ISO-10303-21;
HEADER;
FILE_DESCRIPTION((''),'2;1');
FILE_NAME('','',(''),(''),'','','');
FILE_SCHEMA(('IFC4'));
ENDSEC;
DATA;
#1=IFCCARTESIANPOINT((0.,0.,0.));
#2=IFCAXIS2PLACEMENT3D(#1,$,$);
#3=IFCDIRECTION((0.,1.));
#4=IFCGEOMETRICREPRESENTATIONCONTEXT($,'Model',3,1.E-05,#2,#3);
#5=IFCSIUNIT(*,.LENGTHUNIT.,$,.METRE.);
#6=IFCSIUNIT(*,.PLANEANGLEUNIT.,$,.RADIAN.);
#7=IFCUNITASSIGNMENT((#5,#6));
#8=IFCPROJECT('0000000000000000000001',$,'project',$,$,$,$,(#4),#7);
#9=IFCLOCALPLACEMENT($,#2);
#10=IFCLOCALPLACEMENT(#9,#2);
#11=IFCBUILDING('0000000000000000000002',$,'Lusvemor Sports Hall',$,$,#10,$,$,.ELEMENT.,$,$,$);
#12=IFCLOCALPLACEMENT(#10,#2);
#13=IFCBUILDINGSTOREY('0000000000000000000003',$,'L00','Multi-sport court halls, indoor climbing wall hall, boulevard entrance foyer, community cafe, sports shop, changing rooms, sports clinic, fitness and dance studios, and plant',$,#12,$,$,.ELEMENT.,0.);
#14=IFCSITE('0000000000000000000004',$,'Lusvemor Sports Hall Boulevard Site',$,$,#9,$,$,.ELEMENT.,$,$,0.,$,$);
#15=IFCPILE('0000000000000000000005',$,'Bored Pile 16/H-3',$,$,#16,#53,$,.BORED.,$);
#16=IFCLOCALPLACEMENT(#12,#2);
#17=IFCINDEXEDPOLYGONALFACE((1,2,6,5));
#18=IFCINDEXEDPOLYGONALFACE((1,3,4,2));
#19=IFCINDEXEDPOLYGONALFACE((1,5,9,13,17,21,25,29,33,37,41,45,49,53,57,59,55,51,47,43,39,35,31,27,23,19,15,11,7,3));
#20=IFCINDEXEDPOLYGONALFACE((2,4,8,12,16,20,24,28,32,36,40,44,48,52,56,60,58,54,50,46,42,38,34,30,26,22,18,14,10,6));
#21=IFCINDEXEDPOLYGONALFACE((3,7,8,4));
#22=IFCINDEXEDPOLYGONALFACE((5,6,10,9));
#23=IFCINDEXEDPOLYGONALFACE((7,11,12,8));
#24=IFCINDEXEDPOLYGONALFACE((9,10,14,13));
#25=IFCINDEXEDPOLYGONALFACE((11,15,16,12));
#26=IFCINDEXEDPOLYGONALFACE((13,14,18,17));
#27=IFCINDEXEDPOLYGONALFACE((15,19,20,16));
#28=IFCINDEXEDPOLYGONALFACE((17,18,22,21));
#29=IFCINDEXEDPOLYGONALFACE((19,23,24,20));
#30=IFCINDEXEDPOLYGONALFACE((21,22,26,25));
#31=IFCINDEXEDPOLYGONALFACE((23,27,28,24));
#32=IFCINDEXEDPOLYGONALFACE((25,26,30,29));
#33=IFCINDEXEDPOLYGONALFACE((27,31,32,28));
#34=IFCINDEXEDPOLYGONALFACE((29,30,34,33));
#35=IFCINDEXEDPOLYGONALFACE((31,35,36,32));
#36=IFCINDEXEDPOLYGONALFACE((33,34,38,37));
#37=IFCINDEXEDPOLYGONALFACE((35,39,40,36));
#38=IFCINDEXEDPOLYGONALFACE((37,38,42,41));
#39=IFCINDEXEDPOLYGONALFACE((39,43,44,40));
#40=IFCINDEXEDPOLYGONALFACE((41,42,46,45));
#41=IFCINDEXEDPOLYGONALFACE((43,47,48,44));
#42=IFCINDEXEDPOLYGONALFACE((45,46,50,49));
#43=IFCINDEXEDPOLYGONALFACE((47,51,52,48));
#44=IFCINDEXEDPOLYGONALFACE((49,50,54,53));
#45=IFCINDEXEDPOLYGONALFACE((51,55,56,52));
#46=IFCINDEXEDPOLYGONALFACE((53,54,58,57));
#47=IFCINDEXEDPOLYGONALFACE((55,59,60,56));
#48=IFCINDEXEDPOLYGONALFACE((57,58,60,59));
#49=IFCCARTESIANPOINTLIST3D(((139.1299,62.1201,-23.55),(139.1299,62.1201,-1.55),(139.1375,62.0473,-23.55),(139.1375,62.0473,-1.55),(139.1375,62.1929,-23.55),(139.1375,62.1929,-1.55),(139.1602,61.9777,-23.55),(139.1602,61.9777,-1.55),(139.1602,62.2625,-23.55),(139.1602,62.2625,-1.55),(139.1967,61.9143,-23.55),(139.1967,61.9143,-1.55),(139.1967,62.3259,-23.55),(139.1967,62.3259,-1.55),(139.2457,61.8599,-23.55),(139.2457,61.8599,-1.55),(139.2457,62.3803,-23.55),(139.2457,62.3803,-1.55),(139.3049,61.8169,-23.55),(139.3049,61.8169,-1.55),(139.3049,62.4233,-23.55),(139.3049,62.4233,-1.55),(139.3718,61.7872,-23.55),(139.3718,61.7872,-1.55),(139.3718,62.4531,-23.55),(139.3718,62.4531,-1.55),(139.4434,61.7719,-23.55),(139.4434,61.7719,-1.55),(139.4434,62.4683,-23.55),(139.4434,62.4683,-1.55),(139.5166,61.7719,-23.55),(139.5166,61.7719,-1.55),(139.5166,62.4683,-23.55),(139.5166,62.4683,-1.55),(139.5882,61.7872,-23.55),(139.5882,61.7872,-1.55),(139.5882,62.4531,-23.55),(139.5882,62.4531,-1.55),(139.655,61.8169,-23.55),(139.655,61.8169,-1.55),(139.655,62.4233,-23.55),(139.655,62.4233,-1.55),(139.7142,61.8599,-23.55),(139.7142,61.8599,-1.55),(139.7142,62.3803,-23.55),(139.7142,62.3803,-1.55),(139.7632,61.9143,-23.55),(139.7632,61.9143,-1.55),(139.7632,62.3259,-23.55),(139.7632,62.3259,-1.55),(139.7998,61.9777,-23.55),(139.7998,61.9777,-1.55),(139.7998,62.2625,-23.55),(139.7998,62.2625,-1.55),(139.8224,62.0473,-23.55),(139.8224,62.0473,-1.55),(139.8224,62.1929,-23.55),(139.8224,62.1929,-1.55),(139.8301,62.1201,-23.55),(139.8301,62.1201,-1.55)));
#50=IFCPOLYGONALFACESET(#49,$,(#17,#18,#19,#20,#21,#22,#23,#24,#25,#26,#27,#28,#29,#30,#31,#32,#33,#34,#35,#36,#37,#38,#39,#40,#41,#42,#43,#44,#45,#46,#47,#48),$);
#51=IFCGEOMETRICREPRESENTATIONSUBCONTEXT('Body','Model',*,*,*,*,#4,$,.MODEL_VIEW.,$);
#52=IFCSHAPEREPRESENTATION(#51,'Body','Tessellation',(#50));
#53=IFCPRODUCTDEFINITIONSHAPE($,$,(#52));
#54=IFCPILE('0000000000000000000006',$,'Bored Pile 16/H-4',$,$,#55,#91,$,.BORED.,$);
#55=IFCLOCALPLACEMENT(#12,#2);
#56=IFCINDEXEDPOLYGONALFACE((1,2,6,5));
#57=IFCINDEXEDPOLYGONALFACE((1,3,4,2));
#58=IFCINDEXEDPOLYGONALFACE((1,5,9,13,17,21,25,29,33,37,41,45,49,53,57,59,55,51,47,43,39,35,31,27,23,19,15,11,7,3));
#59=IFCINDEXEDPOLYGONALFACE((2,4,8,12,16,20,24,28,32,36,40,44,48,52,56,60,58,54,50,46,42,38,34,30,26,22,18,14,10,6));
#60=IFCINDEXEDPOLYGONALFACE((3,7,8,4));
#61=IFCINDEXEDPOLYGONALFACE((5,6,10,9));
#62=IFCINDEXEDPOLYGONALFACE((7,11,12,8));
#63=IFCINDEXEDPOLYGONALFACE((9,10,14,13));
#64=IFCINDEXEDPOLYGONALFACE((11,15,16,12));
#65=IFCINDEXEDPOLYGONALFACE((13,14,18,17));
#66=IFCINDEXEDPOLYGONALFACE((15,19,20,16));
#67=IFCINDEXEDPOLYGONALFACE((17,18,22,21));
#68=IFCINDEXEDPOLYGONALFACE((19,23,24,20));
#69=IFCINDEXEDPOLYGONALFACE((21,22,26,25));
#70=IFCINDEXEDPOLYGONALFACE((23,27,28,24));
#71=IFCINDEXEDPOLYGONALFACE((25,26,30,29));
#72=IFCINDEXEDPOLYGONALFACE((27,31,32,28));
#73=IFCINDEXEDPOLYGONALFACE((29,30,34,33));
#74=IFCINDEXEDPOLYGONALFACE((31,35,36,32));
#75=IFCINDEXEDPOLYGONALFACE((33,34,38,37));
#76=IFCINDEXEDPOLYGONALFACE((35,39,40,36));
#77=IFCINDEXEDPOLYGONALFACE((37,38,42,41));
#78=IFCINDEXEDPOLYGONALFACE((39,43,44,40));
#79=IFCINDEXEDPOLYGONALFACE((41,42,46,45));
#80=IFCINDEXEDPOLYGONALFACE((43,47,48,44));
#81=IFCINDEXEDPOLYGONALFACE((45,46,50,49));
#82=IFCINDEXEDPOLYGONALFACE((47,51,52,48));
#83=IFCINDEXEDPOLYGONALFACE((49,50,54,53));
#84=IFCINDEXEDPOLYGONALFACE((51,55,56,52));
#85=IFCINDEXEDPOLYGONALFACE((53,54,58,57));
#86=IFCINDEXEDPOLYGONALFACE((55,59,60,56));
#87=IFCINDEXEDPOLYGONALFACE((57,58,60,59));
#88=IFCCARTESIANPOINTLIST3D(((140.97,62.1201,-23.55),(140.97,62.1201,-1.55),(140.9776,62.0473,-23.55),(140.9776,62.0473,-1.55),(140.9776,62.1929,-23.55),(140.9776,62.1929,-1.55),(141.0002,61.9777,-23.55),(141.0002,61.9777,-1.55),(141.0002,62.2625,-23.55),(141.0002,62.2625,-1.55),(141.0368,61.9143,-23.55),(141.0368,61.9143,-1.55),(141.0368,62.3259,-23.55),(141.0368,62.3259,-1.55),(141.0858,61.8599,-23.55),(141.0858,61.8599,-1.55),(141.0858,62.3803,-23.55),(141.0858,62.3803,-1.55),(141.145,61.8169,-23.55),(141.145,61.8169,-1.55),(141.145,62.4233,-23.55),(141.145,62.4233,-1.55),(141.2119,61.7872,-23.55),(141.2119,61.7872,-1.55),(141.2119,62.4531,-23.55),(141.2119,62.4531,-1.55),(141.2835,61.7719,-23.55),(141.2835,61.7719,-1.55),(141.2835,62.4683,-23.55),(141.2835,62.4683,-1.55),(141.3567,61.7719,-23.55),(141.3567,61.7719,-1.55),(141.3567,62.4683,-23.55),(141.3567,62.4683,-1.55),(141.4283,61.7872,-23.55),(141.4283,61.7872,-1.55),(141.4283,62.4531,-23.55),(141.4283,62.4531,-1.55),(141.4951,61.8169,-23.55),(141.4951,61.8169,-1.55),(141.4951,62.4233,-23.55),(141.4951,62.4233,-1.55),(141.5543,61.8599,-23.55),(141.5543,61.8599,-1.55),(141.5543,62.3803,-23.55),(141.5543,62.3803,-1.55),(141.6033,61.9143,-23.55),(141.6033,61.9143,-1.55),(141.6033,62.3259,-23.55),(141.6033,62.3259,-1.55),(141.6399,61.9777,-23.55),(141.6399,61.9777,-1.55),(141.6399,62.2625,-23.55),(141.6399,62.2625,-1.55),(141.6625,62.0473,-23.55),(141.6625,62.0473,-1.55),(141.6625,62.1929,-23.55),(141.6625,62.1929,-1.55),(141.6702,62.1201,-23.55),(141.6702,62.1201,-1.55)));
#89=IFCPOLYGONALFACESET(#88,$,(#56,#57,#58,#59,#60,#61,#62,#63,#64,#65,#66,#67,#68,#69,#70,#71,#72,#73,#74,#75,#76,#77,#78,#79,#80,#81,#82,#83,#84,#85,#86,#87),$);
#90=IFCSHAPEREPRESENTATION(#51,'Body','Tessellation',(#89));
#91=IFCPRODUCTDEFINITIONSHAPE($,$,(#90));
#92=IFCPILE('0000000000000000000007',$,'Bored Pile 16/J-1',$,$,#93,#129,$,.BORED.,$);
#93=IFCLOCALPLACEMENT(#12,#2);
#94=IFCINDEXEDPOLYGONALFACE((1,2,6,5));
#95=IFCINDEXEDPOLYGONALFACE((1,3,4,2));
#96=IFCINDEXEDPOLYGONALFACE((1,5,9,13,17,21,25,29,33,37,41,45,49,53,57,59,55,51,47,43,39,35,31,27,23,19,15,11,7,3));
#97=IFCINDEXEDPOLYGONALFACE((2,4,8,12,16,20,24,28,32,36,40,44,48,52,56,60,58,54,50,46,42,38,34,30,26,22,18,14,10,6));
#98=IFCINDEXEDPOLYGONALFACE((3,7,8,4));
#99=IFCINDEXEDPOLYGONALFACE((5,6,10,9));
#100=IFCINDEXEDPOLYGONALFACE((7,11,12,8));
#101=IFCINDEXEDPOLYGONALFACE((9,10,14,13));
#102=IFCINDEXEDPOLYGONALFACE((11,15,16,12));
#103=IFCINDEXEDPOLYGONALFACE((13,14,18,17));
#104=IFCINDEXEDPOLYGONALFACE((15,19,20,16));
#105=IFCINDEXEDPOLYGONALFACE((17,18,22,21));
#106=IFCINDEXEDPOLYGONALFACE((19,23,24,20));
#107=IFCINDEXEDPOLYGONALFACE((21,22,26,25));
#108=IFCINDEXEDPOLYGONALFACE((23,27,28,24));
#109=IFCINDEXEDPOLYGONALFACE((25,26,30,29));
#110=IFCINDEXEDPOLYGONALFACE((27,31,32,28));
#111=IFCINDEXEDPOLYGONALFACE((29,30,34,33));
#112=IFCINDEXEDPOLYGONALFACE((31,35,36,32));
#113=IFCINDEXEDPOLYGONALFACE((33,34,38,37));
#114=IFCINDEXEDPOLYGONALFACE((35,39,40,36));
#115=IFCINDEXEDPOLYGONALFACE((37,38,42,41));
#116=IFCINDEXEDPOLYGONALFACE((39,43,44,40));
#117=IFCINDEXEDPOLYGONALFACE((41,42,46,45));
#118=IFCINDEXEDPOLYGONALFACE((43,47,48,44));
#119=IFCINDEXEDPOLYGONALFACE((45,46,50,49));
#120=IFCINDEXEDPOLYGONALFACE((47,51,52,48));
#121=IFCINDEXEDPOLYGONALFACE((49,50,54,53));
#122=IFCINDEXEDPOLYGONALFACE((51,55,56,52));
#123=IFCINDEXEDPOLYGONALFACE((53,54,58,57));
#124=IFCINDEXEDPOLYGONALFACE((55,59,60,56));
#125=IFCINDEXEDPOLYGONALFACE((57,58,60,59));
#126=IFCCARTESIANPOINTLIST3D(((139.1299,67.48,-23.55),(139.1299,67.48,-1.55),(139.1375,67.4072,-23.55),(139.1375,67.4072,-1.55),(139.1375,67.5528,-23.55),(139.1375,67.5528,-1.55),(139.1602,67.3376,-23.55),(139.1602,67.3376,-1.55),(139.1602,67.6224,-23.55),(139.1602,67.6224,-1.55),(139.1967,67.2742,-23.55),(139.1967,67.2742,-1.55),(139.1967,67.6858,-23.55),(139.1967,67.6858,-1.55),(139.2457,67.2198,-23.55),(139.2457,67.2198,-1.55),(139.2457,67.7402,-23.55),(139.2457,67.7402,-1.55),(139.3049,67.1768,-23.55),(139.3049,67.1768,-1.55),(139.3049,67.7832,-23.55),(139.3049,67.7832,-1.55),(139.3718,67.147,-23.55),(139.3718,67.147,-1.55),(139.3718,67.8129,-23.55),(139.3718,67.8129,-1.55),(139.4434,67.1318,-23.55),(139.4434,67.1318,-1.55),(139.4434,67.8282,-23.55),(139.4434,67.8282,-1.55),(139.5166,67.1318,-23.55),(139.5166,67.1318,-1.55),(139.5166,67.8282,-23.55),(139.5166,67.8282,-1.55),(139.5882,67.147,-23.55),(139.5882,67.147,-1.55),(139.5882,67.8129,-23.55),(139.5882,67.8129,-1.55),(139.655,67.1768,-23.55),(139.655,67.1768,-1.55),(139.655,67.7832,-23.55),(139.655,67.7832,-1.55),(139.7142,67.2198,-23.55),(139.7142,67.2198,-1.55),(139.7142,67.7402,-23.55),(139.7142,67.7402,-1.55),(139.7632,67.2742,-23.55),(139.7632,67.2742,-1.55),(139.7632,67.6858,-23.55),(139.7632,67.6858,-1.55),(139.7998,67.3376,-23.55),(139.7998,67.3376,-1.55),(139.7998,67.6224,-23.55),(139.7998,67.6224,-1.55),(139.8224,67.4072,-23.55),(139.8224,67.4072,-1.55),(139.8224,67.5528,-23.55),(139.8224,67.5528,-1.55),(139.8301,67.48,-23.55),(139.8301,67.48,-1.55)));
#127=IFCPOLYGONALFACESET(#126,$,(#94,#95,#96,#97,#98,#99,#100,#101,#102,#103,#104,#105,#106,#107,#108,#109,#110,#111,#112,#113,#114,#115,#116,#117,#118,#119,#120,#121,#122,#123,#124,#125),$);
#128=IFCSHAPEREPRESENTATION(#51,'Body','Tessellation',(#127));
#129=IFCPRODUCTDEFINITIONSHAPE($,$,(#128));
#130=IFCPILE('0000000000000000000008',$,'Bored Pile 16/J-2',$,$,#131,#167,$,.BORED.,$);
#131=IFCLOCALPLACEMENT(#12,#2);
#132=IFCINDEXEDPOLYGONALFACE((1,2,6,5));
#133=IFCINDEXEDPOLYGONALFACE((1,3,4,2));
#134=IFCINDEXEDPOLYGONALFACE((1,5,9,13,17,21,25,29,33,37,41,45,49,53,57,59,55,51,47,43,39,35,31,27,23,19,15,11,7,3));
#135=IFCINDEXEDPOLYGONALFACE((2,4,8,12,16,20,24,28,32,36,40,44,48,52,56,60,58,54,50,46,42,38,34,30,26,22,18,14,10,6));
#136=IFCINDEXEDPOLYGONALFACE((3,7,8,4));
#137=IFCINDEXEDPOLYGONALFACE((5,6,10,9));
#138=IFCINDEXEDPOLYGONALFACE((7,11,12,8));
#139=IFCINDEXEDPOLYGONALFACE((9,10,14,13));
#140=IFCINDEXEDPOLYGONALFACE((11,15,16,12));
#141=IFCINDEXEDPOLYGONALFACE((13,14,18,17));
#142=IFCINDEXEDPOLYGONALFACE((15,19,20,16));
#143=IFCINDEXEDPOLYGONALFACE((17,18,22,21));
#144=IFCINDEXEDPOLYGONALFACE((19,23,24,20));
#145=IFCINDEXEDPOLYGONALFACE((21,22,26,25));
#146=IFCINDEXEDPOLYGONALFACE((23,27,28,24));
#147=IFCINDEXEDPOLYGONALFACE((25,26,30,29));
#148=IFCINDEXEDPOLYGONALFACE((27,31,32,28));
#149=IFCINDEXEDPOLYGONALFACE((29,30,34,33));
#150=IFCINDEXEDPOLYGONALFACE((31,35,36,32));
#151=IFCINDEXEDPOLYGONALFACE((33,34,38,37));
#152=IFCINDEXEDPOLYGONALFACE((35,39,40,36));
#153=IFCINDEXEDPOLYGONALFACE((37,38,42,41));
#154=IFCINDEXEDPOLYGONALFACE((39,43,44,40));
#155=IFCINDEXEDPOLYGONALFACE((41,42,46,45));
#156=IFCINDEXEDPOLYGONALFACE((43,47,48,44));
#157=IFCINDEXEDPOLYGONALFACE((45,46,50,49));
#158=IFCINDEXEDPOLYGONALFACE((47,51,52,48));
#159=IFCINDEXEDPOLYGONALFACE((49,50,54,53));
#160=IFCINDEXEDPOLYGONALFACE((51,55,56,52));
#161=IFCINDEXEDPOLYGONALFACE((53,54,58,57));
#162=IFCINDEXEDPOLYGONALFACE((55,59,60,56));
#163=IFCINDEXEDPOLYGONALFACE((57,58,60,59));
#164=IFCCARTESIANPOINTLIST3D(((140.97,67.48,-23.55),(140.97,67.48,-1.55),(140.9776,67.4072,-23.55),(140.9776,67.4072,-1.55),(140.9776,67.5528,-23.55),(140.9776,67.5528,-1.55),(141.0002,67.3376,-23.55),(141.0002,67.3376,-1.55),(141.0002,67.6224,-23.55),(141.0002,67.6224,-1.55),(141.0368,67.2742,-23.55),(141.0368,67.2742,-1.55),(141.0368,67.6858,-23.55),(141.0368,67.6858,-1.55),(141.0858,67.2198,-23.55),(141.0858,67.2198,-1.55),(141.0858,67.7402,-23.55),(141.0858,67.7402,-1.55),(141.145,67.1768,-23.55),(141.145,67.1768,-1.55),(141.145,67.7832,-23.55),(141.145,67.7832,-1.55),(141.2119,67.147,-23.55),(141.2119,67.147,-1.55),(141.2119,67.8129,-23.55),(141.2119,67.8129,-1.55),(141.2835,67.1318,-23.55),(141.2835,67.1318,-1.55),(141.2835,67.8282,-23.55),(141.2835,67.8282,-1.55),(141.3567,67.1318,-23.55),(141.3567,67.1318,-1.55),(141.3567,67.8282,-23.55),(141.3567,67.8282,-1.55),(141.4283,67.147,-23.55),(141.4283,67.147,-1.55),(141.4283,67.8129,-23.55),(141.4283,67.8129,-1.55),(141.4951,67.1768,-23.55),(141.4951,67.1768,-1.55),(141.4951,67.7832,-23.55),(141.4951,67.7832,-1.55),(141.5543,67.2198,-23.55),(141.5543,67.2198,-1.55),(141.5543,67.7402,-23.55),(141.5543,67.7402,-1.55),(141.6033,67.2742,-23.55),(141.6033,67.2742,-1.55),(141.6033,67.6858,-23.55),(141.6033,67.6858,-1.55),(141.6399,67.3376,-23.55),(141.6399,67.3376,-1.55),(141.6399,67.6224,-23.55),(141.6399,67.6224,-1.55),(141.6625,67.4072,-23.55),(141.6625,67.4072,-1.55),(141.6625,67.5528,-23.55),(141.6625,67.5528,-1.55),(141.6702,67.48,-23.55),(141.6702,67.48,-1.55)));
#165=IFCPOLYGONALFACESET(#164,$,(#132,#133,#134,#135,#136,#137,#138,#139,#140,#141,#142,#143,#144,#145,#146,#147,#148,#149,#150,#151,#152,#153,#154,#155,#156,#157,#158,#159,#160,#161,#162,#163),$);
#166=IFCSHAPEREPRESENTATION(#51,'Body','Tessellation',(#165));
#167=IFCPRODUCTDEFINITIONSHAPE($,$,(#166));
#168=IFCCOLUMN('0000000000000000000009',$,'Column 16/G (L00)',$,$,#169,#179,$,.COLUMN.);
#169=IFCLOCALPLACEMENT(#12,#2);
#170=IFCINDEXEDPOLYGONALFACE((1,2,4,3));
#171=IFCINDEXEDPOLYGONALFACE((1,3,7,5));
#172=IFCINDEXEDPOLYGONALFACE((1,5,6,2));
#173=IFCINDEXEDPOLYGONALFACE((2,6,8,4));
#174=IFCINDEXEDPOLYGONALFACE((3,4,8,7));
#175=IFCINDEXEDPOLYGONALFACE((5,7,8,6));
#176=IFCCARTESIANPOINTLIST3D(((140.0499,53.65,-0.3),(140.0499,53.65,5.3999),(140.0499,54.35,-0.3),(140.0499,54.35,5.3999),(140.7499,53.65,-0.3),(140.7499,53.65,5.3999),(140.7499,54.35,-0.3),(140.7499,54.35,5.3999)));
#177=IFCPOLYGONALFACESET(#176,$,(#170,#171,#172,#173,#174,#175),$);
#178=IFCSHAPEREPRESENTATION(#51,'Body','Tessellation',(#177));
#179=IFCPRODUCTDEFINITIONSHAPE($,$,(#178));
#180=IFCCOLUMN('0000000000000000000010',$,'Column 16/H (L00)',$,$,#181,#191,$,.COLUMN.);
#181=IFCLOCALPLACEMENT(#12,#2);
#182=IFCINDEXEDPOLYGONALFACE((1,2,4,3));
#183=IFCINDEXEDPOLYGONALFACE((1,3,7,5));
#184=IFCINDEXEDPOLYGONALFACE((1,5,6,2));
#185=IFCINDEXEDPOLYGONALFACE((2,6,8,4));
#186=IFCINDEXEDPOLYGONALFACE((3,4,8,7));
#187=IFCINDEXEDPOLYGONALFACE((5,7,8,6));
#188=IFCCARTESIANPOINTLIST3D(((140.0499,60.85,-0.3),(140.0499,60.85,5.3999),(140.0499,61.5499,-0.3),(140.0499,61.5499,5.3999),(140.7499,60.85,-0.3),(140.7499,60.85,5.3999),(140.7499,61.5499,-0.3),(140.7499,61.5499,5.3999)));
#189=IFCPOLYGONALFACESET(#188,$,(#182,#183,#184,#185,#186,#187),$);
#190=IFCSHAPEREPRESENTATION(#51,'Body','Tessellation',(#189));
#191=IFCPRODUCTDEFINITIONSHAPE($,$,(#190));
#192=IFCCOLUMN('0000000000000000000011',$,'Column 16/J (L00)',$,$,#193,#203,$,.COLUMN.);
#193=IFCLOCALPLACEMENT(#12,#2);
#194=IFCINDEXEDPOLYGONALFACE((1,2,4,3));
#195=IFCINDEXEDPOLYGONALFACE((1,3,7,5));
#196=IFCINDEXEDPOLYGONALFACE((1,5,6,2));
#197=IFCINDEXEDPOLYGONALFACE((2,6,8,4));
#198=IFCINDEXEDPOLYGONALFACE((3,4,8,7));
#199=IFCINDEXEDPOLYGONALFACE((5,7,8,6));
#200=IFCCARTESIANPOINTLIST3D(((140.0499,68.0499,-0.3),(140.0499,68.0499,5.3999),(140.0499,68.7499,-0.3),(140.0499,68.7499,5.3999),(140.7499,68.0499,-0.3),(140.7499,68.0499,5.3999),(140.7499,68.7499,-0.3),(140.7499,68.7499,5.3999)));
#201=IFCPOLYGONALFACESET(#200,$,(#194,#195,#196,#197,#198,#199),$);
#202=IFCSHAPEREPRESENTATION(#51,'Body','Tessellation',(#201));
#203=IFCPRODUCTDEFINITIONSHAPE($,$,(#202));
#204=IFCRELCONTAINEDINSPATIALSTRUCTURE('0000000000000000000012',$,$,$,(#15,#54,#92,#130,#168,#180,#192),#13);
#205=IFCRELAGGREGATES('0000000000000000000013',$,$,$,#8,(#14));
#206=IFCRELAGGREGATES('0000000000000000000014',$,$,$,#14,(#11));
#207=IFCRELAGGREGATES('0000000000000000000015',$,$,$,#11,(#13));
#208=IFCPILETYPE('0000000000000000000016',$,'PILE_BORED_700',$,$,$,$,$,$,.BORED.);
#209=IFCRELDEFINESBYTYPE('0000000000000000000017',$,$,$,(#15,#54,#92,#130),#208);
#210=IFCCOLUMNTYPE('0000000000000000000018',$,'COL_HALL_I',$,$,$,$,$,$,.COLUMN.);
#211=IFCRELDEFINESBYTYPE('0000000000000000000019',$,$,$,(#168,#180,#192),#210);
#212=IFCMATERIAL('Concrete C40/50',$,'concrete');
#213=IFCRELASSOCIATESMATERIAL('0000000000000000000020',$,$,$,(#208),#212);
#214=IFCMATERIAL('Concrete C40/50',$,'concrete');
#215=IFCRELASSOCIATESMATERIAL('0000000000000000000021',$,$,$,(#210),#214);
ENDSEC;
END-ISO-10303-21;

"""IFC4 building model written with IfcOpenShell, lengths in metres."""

from ifc_helpers import new_model, si_unit, direction, frame, origin, origin_2d, place, context, subcontext, project, spatial, rectangle, circle, extrude, material, material_profile, profile_set, type_object, element, save


model = new_model("IFC4")

# Units and contexts
model_context = context("Model", 3, precision=1e-05, world=origin(), true_north=direction((0.0, 1.0)))
body_context = subcontext(model_context, "Body", "Model", "MODEL_VIEW")
ifc_project = project(units=[si_unit("LENGTHUNIT", "METRE"), si_unit("PLANEANGLEUNIT", "RADIAN")], contexts=[model_context])

# Site, building, storey
site_placement = place(None, origin())
site = spatial("IfcSite", under=ifc_project, at=site_placement, Name="Lusvemor Sports Hall Boulevard Site", CompositionType="ELEMENT", RefElevation=0.0)
building_placement = place(site_placement, origin())
building = spatial("IfcBuilding", under=site, at=building_placement, Name="Lusvemor Sports Hall", CompositionType="ELEMENT")
storey_placement = place(building_placement, origin())
storey = spatial("IfcBuildingStorey", under=building, at=storey_placement, Name="L00", Description="Multi-sport court halls, indoor climbing wall hall, boulevard entrance foyer, community cafe, sports shop, changing rooms, sports clinic, fitness and dance studios, and plant", CompositionType="ELEMENT", Elevation=0.0)

# Piles
ifc_material_1 = material(Name="Concrete C40/50", Category="concrete")
ifc_material_profile_1 = material_profile(ifc_material_1, circle(Radius=0.3501, at=origin_2d()), Name="PILE700")
ifc_profile_set_1 = profile_set([ifc_material_profile_1], Name="Concrete C40/50")
pile_type = type_object("IfcPileType", Name="PILE_BORED_700", PredefinedType="BORED", material=ifc_profile_set_1)
for number, where, z_axis, x_axis, name in (
    (1, (139.48, 62.1201, -1.55), (0.0, 0.0, -1.0), (1.0, 0.0, 0.0), "Bored Pile 16/H-3"),
    (2, (141.3201, 62.1201, -1.55), (0.0, 0.0, -1.0), (1.0, 0.0, 0.0), "Bored Pile 16/H-4"),
    (3, (139.48, 67.48, -1.55), (0.0, 0.0, -1.0), (1.0, 0.0, 0.0), "Bored Pile 16/J-1"),
    (4, (141.3201, 67.48, -1.55), (0.0, 0.0, -1.0), (1.0, 0.0, 0.0), "Bored Pile 16/J-2"),
):
    element("IfcPile", number, at=place(storey_placement, frame(where, z_axis=z_axis, x_axis=x_axis)), inside=storey, type_object=pile_type, Name=name, PredefinedType="BORED", context=body_context, shape_type="SweptSolid", body=[
        extrude(circle(Radius=0.3501, at=origin_2d()), origin(), (0.0, 0.0, 1.0), 22.0),
    ])

# Columns
ifc_material_2 = material(Name="Concrete C40/50", Category="concrete")
ifc_material_profile_2 = material_profile(ifc_material_2, rectangle(XDim=0.7, YDim=0.7, at=origin_2d()), Name="RC700x700")
ifc_profile_set_2 = profile_set([ifc_material_profile_2], Name="Concrete C40/50")
column_type_1 = type_object("IfcColumnType", Name="COL_HALL_I", PredefinedType="COLUMN", material=ifc_profile_set_2)
for number, where, z_axis, x_axis, name in (
    (5, (140.3999, 54.0, -0.3), (0.0, 0.0, 1.0), (1.0, 0.0, 0.0), "Column 16/G (L00)"),
    (6, (140.3999, 61.2, -0.3), (0.0, 0.0, 1.0), (1.0, 0.0, 0.0), "Column 16/H (L00)"),
    (7, (140.3999, 68.3999, -0.3), (0.0, 0.0, 1.0), (1.0, 0.0, 0.0), "Column 16/J (L00)"),
):
    element("IfcColumn", number, at=place(storey_placement, frame(where, z_axis=z_axis, x_axis=x_axis)), inside=storey, type_object=column_type_1, Name=name, PredefinedType="COLUMN", context=body_context, shape_type="SweptSolid", body=[
        extrude(rectangle(XDim=0.7, YDim=0.7, at=origin_2d()), origin(), (0.0, 0.0, 1.0), 5.7),
    ])

save(model, "model.ifc")
